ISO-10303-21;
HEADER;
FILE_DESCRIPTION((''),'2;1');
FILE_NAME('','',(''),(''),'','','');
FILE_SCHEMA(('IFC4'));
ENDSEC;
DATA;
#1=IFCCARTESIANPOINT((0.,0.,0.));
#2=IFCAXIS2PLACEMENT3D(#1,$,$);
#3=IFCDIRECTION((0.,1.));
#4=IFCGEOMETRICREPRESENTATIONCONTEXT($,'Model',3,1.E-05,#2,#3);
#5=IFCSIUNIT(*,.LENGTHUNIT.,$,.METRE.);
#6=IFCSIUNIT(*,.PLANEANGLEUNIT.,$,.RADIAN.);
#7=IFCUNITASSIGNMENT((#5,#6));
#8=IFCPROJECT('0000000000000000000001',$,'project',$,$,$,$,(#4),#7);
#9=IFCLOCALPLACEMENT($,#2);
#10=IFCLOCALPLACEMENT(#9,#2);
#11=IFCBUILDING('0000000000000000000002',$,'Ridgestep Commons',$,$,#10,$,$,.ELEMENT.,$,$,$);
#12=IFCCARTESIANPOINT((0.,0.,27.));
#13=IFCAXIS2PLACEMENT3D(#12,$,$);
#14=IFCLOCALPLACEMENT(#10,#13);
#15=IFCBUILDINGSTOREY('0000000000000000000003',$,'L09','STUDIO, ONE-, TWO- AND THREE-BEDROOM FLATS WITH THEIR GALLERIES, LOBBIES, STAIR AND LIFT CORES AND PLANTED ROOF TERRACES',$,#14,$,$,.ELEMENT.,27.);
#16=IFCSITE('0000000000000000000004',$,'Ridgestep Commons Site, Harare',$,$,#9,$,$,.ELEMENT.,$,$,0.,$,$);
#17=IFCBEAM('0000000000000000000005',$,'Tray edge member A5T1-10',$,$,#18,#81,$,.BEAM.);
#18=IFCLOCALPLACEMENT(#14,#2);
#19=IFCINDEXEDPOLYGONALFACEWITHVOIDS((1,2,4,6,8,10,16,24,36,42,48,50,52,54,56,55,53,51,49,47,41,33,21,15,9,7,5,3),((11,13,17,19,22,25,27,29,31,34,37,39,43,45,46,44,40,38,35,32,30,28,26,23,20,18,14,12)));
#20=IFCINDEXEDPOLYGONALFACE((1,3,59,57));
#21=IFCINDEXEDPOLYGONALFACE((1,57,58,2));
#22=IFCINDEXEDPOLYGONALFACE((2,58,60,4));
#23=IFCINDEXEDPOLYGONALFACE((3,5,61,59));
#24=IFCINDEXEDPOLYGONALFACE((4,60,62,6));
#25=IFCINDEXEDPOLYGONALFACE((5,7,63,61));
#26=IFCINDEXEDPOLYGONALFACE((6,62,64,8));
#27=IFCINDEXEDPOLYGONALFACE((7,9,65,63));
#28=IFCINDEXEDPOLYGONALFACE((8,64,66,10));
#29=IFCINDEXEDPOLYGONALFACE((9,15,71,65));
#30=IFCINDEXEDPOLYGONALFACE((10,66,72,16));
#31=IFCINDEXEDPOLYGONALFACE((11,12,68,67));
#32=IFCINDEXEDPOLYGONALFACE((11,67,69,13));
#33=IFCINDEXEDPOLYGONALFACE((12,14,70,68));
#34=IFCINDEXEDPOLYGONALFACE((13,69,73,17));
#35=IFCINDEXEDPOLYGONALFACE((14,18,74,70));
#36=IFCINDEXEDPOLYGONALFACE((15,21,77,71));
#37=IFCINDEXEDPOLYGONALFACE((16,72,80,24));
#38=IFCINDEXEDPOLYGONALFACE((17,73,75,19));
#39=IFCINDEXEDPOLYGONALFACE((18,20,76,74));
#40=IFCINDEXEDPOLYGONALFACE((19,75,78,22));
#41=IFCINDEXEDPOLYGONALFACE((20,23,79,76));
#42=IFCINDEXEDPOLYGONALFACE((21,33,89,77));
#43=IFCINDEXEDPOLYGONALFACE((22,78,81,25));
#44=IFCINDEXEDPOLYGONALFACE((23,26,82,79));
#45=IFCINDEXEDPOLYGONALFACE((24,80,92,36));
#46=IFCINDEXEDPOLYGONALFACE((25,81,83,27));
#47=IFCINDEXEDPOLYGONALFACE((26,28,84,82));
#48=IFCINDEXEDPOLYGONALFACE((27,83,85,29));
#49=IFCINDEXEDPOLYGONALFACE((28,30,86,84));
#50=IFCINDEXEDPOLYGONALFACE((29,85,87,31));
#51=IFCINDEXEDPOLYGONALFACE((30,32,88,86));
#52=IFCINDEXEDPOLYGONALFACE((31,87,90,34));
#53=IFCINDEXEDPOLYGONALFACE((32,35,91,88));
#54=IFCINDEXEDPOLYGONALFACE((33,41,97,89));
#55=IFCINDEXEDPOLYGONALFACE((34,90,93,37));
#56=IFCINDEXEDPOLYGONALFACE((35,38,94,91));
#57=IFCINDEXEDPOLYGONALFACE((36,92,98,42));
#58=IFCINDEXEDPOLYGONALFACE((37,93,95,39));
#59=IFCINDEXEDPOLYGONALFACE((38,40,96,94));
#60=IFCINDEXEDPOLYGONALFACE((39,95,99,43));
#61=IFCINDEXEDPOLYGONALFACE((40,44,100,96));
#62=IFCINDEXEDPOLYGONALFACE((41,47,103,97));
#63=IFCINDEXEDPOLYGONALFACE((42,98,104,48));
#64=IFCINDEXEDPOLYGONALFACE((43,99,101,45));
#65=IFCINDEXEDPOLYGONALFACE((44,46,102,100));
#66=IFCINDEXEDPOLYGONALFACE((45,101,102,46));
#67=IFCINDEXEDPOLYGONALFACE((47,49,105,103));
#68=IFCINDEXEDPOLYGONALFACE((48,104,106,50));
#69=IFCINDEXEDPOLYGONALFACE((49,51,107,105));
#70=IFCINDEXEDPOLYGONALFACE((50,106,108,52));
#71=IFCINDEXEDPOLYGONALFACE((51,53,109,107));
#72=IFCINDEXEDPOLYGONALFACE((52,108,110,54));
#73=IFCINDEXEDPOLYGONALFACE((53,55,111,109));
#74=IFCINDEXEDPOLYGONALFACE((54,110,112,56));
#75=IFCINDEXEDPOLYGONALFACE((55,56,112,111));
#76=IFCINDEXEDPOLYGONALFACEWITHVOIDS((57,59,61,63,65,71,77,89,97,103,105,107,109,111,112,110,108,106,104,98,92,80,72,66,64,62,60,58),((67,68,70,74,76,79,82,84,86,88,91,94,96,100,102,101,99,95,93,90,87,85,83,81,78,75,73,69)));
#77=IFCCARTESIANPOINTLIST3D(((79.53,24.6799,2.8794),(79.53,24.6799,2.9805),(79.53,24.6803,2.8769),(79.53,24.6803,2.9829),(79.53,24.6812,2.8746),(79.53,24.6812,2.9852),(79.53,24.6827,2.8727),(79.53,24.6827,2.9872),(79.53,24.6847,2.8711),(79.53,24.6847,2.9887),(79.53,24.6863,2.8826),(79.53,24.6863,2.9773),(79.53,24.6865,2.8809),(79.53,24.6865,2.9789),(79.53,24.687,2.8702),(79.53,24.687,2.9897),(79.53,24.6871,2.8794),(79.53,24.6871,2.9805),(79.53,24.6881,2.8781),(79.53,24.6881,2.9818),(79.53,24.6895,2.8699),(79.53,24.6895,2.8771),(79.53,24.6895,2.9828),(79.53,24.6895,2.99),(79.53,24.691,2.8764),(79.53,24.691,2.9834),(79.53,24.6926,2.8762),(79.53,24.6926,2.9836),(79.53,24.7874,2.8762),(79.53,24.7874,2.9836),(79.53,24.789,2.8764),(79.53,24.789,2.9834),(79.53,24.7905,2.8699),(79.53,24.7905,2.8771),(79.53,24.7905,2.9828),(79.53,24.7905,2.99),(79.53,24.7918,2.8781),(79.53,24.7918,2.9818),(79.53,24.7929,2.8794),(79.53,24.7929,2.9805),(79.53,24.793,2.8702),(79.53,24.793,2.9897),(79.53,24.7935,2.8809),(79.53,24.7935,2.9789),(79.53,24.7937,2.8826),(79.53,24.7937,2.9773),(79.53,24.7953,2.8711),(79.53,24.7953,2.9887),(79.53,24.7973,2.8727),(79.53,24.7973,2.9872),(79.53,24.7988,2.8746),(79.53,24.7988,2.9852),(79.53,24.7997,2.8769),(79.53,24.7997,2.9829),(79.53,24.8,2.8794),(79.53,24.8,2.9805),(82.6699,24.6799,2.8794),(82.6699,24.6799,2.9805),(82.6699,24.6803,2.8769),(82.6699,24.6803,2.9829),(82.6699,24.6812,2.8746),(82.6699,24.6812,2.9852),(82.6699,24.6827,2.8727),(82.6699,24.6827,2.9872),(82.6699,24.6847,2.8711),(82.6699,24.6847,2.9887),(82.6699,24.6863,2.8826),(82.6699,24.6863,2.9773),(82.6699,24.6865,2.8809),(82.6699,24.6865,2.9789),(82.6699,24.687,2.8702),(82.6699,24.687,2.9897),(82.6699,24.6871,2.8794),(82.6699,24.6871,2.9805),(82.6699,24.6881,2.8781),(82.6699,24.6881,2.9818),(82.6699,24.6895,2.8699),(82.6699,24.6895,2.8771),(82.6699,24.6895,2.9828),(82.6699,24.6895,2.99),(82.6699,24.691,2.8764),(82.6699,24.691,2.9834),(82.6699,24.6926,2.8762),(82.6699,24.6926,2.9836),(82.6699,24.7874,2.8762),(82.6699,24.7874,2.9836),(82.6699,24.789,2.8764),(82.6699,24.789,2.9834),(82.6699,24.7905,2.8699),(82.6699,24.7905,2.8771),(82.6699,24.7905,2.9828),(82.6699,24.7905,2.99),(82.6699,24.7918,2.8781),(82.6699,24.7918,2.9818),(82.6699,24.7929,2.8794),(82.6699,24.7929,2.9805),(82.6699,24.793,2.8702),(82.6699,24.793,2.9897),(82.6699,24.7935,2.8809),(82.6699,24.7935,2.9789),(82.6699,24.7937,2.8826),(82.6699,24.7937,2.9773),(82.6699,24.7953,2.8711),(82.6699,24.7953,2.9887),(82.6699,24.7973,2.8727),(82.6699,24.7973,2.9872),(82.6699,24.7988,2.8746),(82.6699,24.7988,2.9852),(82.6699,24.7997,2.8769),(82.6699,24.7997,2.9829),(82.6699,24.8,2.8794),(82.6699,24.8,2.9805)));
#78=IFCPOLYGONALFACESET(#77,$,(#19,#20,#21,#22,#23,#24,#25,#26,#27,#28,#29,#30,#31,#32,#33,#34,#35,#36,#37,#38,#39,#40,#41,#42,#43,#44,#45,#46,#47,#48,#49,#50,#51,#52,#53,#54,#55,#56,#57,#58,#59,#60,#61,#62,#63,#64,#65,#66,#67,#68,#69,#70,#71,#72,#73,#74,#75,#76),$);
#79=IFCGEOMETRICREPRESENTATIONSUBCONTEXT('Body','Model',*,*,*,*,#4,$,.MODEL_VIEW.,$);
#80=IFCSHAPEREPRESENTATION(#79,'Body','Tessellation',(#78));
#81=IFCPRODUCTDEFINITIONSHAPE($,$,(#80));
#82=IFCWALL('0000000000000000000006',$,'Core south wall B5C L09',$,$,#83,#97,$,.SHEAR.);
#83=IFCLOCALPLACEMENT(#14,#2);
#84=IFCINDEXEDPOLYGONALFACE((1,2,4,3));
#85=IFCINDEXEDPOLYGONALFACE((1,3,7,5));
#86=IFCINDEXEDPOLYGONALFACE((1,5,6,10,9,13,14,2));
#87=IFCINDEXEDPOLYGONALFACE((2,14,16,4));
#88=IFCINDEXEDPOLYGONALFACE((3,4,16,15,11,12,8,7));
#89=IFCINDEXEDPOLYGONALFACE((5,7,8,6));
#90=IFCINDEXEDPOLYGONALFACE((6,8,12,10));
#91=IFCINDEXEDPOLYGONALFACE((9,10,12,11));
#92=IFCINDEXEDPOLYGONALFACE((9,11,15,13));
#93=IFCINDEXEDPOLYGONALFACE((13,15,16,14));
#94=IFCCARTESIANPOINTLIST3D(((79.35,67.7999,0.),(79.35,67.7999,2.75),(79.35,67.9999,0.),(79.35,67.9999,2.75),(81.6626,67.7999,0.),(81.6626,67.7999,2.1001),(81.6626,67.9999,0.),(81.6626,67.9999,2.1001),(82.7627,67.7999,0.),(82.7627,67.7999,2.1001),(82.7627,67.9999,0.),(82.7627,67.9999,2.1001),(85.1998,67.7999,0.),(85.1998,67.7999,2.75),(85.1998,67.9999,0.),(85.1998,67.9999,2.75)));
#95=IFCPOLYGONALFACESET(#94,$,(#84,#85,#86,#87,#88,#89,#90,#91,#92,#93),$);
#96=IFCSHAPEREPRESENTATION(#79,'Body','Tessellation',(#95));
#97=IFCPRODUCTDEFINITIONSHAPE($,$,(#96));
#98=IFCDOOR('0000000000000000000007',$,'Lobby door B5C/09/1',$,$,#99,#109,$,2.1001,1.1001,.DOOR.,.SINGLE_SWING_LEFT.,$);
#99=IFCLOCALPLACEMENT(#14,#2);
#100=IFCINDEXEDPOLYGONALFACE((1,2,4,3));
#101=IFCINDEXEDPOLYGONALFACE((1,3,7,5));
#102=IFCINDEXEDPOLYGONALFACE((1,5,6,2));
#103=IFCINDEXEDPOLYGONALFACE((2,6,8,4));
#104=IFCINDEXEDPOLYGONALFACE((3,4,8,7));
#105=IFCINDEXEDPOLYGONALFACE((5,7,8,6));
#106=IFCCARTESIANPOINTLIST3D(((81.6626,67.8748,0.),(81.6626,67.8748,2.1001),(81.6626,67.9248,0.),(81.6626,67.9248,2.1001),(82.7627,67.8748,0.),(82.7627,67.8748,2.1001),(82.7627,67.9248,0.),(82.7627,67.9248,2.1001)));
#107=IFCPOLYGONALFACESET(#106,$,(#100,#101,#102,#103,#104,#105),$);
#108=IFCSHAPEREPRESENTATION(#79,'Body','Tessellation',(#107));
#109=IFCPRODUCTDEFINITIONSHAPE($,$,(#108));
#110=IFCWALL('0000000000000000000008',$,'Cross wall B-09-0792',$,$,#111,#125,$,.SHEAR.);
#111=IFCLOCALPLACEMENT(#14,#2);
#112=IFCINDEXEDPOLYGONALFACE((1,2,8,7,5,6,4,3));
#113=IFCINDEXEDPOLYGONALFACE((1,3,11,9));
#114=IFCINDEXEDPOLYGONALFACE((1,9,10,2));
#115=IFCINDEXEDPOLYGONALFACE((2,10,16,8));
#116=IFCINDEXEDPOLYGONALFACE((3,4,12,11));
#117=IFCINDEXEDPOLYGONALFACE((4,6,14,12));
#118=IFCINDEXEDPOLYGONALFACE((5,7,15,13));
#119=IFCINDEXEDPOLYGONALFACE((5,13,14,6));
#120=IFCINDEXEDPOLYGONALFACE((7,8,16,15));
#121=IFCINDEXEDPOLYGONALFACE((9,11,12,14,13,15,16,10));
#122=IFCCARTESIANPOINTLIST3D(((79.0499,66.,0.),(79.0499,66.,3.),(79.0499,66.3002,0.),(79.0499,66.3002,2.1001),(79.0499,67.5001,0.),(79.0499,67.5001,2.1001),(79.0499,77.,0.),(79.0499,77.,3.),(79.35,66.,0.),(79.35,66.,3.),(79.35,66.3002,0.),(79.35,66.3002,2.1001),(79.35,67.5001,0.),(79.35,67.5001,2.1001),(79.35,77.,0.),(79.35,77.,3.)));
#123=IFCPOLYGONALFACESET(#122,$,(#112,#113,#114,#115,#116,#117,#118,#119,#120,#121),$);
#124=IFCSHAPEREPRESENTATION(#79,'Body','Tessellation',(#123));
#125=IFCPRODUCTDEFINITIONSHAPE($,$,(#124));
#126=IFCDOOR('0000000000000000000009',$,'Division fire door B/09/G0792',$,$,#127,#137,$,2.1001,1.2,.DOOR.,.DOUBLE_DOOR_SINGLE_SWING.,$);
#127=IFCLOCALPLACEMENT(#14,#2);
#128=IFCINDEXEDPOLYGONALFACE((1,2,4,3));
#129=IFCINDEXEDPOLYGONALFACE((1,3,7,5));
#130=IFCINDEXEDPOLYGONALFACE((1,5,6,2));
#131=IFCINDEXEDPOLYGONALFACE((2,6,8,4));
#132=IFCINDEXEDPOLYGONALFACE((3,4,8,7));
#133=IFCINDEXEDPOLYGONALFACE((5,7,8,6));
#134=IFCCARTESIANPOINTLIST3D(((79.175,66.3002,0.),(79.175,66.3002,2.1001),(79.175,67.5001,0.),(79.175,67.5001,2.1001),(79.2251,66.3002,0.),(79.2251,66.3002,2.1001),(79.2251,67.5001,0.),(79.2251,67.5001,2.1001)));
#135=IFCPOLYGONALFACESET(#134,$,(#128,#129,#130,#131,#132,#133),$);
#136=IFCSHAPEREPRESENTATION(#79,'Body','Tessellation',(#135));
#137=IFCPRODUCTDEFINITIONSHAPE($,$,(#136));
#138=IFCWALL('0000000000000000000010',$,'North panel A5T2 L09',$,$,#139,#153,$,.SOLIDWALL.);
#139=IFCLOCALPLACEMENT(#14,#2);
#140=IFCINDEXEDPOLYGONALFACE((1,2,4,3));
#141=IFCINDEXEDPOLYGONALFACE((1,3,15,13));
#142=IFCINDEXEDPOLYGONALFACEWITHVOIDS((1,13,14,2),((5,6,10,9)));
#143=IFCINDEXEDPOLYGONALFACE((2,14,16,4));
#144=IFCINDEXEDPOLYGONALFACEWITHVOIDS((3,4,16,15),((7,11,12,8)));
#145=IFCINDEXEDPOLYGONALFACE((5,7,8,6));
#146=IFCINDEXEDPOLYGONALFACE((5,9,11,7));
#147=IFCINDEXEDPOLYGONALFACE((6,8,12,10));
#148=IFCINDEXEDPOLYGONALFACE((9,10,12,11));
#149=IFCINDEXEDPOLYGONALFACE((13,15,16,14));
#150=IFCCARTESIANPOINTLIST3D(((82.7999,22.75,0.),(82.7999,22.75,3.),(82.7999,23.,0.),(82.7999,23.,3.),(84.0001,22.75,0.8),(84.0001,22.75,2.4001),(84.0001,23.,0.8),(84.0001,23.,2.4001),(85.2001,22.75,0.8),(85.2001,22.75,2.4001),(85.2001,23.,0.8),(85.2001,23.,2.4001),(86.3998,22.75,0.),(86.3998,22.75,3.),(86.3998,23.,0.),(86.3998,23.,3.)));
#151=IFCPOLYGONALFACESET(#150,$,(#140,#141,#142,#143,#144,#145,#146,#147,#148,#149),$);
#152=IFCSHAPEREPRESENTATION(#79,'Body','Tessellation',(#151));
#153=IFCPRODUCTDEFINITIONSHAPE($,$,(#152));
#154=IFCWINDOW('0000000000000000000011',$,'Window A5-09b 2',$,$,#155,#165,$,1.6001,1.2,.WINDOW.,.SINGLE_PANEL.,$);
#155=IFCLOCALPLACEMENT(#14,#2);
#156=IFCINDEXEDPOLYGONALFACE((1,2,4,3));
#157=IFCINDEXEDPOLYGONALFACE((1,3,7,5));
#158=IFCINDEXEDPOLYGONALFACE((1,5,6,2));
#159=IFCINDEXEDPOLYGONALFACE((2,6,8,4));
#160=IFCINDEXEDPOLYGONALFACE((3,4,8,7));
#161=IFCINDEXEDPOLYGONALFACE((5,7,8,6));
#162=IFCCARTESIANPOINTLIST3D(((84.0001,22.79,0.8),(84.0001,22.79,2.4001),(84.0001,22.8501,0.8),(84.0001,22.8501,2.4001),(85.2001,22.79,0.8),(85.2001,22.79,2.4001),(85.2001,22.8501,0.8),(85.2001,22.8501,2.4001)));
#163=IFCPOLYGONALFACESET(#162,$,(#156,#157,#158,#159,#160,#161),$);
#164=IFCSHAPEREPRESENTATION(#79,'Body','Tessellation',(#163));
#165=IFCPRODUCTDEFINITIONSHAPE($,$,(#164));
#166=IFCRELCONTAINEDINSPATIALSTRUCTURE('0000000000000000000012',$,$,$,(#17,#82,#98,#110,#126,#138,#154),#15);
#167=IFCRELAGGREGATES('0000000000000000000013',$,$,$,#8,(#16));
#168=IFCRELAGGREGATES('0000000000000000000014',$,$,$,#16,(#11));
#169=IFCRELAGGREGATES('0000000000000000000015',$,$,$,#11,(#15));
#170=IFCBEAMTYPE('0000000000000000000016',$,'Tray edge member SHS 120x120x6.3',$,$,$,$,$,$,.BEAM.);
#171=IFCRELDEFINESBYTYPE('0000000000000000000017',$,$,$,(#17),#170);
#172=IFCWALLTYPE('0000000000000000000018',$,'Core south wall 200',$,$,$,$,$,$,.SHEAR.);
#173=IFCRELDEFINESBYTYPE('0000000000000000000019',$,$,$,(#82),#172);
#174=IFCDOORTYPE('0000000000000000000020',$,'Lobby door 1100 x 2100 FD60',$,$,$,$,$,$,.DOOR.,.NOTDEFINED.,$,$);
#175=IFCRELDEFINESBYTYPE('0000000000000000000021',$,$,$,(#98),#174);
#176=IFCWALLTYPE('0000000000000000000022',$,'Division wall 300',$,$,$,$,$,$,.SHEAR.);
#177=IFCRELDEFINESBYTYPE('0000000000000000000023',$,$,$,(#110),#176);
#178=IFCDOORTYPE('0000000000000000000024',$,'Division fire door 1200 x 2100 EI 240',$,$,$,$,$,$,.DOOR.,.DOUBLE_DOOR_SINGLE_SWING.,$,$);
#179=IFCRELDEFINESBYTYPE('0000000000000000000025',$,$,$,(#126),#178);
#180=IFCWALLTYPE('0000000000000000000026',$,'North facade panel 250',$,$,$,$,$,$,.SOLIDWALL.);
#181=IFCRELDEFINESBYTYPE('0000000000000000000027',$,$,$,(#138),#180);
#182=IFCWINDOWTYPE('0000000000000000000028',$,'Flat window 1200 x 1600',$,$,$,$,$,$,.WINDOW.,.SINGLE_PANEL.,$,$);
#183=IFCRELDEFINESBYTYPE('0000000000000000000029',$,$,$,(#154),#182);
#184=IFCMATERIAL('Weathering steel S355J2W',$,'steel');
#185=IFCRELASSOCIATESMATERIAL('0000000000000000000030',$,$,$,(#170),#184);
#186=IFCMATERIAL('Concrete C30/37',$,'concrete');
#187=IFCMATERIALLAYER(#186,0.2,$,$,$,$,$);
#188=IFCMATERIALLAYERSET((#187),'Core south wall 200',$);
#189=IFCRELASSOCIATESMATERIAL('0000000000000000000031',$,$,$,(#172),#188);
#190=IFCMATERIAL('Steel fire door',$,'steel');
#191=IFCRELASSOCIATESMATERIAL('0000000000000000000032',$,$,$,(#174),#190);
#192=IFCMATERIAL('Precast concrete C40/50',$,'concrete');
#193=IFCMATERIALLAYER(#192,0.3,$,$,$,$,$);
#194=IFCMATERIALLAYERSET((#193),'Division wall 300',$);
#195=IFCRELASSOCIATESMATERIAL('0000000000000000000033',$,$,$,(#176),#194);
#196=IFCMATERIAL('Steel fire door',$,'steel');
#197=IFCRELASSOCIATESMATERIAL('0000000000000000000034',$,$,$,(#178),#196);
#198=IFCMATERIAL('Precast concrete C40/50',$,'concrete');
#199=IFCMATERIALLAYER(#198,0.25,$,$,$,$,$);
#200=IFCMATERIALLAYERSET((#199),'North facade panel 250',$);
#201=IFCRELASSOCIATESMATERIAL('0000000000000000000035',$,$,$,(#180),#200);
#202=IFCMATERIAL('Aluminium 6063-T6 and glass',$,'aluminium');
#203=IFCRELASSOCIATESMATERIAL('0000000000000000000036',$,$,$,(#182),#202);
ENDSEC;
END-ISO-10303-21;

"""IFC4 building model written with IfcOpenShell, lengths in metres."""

from ifc_helpers import new_model, si_unit, direction, frame, frame_2d, origin, origin_2d, place, context, subcontext, project, spatial, rectangle, hollow_rectangle, extrude, material, layer, layer_set, material_profile, profile_set, type_object, element, fill, save


model = new_model("IFC4")

# Units and contexts
model_context = context("Model", 3, precision=1e-05, world=origin(), true_north=direction((0.0, 1.0)))
body_context = subcontext(model_context, "Body", "Model", "MODEL_VIEW")
ifc_project = project(units=[si_unit("LENGTHUNIT", "METRE"), si_unit("PLANEANGLEUNIT", "RADIAN")], contexts=[model_context])

# Site, building, storey
site_placement = place(None, origin())
site = spatial("IfcSite", under=ifc_project, at=site_placement, Name="Ridgestep Commons Site, Harare", CompositionType="ELEMENT", RefElevation=0.0)
building_placement = place(site_placement, origin())
building = spatial("IfcBuilding", under=site, at=building_placement, Name="Ridgestep Commons", CompositionType="ELEMENT")
storey_placement = place(building_placement, frame((0.0, 0.0, 27.0)))
storey = spatial("IfcBuildingStorey", under=building, at=storey_placement, Name="L09", Description="STUDIO, ONE-, TWO- AND THREE-BEDROOM FLATS WITH THEIR GALLERIES, LOBBIES, STAIR AND LIFT CORES AND PLANTED ROOF TERRACES", CompositionType="ELEMENT", Elevation=27.0)

# Beam
ifc_material_1 = material(Name="Weathering steel S355J2W", Category="steel")
ifc_material_profile_1 = material_profile(ifc_material_1, hollow_rectangle(XDim=0.1201, YDim=0.1201, WallThickness=0.0063, InnerFilletRadius=0.0063, OuterFilletRadius=0.0095, at=origin_2d()), Name="SHS 120x120x6.3")
ifc_profile_set_1 = profile_set([ifc_material_profile_1], Name="Weathering steel S355J2W")
beam_type_1 = type_object("IfcBeamType", Name="Tray edge member SHS 120x120x6.3", PredefinedType="BEAM", material=ifc_profile_set_1)
beam_1_placement = place(storey_placement, frame((79.53, 24.74, 2.9299), z_axis=(1.0, 0.0, 0.0), x_axis=(0.0, 0.0, 1.0)))
element("IfcBeam", 1, at=beam_1_placement, inside=storey, type_object=beam_type_1, Name="Tray edge member A5T1-10", PredefinedType="BEAM", context=body_context, shape_type="SweptSolid", body=[
    extrude(hollow_rectangle(XDim=0.1201, YDim=0.1201, WallThickness=0.0063, InnerFilletRadius=0.0063, OuterFilletRadius=0.0095, at=origin_2d()), origin(), (0.0, 0.0, 1.0), 3.1399),
])

# Walls, openings, doors
ifc_material_2 = material(Name="Concrete C30/37", Category="concrete")
ifc_layer_1 = layer(ifc_material_2, 0.2)
ifc_layer_set_1 = layer_set([ifc_layer_1], Name="Core south wall 200")
wall_type_1 = type_object("IfcWallType", Name="Core south wall 200", PredefinedType="SHEAR", material=ifc_layer_set_1)
wall_1_placement = place(storey_placement, frame((79.3501, 67.8999, 0.0), z_axis=(0.0, 0.0, 1.0), x_axis=(1.0, 0.0, 0.0)))
wall_1 = element("IfcWall", 2, at=wall_1_placement, inside=storey, type_object=wall_type_1, Name="Core south wall B5C L09", PredefinedType="SHEAR", context=body_context, shape_type="SweptSolid", body=[
    extrude(rectangle(XDim=5.8499, YDim=0.2, at=frame_2d((2.9248, 0.0))), origin(), (0.0, 0.0, 1.0), 2.75),
])
opening_1_placement = place(wall_1_placement, frame((2.3125, 0.0, 0.0)))
opening_1 = element("IfcOpeningElement", 3, at=opening_1_placement, cuts=wall_1, PredefinedType="OPENING", context=body_context, shape_type="SweptSolid", body=[
    extrude(rectangle(XDim=1.1001, YDim=2.1001, at=frame_2d((0.55, 1.05))), frame((0.0, 0.1099, 0.0), z_axis=(0.0, -1.0, 0.0), x_axis=(1.0, 0.0, 0.0)), (0.0, 0.0, 1.0), 0.22),
])
ifc_material_3 = material(Name="Steel fire door", Category="steel")
door_type_1 = type_object("IfcDoorType", Name="Lobby door 1100 x 2100 FD60", OperationType="NOTDEFINED", PredefinedType="DOOR", material=ifc_material_3)
door_1_placement = place(opening_1_placement, origin())
door_1 = element("IfcDoor", 4, at=door_1_placement, inside=storey, type_object=door_type_1, Name="Lobby door B5C/09/1", OperationType="SINGLE_SWING_LEFT", OverallHeight=2.1001, OverallWidth=1.1001, PredefinedType="DOOR", context=body_context, shape_type="SweptSolid", body=[
    extrude(rectangle(XDim=1.1001, YDim=2.1001, at=frame_2d((0.55, 1.05))), frame((0.0, 0.0249, 0.0), z_axis=(0.0, -1.0, 0.0), x_axis=(1.0, 0.0, 0.0)), (0.0, 0.0, 1.0), 0.05),
])
fill(opening_1, door_1)
ifc_material_4 = material(Name="Precast concrete C40/50", Category="concrete")
ifc_layer_2 = layer(ifc_material_4, 0.3)
ifc_layer_set_2 = layer_set([ifc_layer_2], Name="Division wall 300")
wall_type_2 = type_object("IfcWallType", Name="Division wall 300", PredefinedType="SHEAR", material=ifc_layer_set_2)
wall_2_placement = place(storey_placement, frame((79.2, 66.0, 0.0), z_axis=(0.0, 0.0, 1.0), x_axis=(0.0, 1.0, 0.0)))
wall_2 = element("IfcWall", 5, at=wall_2_placement, inside=storey, type_object=wall_type_2, Name="Cross wall B-09-0792", PredefinedType="SHEAR", context=body_context, shape_type="SweptSolid", body=[
    extrude(rectangle(XDim=11.0, YDim=0.3, at=frame_2d((5.5, 0.0))), origin(), (0.0, 0.0, 1.0), 3.0),
])
opening_2_placement = place(wall_2_placement, frame((0.3, 0.0, 0.0)))
opening_2 = element("IfcOpeningElement", 6, at=opening_2_placement, cuts=wall_2, PredefinedType="OPENING", context=body_context, shape_type="SweptSolid", body=[
    extrude(rectangle(XDim=1.2, YDim=2.1001, at=frame_2d((0.6001, 1.05))), frame((0.0, 0.1599, 0.0), z_axis=(0.0, -1.0, 0.0), x_axis=(1.0, 0.0, 0.0)), (0.0, 0.0, 1.0), 0.3201),
])
ifc_material_5 = material(Name="Steel fire door", Category="steel")
door_type_2 = type_object("IfcDoorType", Name="Division fire door 1200 x 2100 EI 240", OperationType="DOUBLE_DOOR_SINGLE_SWING", PredefinedType="DOOR", material=ifc_material_5)
door_2_placement = place(opening_2_placement, origin())
door_2 = element("IfcDoor", 7, at=door_2_placement, inside=storey, type_object=door_type_2, Name="Division fire door B/09/G0792", OperationType="DOUBLE_DOOR_SINGLE_SWING", OverallHeight=2.1001, OverallWidth=1.2, PredefinedType="DOOR", context=body_context, shape_type="SweptSolid", body=[
    extrude(rectangle(XDim=1.2, YDim=2.1001, at=frame_2d((0.6001, 1.05))), frame((0.0, 0.0249, 0.0), z_axis=(0.0, -1.0, 0.0), x_axis=(1.0, 0.0, 0.0)), (0.0, 0.0, 1.0), 0.05),
])
fill(opening_2, door_2)

# Wall, opening, window
ifc_material_6 = material(Name="Precast concrete C40/50", Category="concrete")
ifc_layer_3 = layer(ifc_material_6, 0.25)
ifc_layer_set_3 = layer_set([ifc_layer_3], Name="North facade panel 250")
wall_type_3 = type_object("IfcWallType", Name="North facade panel 250", PredefinedType="SOLIDWALL", material=ifc_layer_set_3)
wall_3_placement = place(storey_placement, frame((82.8, 22.875, 0.0), z_axis=(0.0, 0.0, 1.0), x_axis=(1.0, 0.0, 0.0)))
wall_3 = element("IfcWall", 8, at=wall_3_placement, inside=storey, type_object=wall_type_3, Name="North panel A5T2 L09", PredefinedType="SOLIDWALL", context=body_context, shape_type="SweptSolid", body=[
    extrude(rectangle(XDim=3.5999, YDim=0.25, at=frame_2d((1.7998, 0.0))), origin(), (0.0, 0.0, 1.0), 3.0),
])
opening_3_placement = place(wall_3_placement, frame((1.2, 0.0, 0.8)))
opening_3 = element("IfcOpeningElement", 9, at=opening_3_placement, cuts=wall_3, PredefinedType="OPENING", context=body_context, shape_type="SweptSolid", body=[
    extrude(rectangle(XDim=1.2, YDim=1.6001, at=frame_2d((0.6001, 0.8))), frame((0.0, 0.135, 0.0), z_axis=(0.0, -1.0, 0.0), x_axis=(1.0, 0.0, 0.0)), (0.0, 0.0, 1.0), 0.27),
])
ifc_material_7 = material(Name="Aluminium 6063-T6 and glass", Category="aluminium")
window_type = type_object("IfcWindowType", Name="Flat window 1200 x 1600", PartitioningType="SINGLE_PANEL", PredefinedType="WINDOW", material=ifc_material_7)
window_1_placement = place(opening_3_placement, origin())
window_1 = element("IfcWindow", 10, at=window_1_placement, inside=storey, type_object=window_type, Name="Window A5-09b 2", OverallHeight=1.6001, OverallWidth=1.2, PartitioningType="SINGLE_PANEL", PredefinedType="WINDOW", context=body_context, shape_type="SweptSolid", body=[
    extrude(rectangle(XDim=1.2, YDim=1.6001, at=frame_2d((0.6001, 0.8))), frame((0.0, -0.0249, 0.0), z_axis=(0.0, -1.0, 0.0), x_axis=(1.0, 0.0, 0.0)), (0.0, 0.0, 1.0), 0.0601),
])
fill(opening_3, window_1)

save(model, "model.ifc")
